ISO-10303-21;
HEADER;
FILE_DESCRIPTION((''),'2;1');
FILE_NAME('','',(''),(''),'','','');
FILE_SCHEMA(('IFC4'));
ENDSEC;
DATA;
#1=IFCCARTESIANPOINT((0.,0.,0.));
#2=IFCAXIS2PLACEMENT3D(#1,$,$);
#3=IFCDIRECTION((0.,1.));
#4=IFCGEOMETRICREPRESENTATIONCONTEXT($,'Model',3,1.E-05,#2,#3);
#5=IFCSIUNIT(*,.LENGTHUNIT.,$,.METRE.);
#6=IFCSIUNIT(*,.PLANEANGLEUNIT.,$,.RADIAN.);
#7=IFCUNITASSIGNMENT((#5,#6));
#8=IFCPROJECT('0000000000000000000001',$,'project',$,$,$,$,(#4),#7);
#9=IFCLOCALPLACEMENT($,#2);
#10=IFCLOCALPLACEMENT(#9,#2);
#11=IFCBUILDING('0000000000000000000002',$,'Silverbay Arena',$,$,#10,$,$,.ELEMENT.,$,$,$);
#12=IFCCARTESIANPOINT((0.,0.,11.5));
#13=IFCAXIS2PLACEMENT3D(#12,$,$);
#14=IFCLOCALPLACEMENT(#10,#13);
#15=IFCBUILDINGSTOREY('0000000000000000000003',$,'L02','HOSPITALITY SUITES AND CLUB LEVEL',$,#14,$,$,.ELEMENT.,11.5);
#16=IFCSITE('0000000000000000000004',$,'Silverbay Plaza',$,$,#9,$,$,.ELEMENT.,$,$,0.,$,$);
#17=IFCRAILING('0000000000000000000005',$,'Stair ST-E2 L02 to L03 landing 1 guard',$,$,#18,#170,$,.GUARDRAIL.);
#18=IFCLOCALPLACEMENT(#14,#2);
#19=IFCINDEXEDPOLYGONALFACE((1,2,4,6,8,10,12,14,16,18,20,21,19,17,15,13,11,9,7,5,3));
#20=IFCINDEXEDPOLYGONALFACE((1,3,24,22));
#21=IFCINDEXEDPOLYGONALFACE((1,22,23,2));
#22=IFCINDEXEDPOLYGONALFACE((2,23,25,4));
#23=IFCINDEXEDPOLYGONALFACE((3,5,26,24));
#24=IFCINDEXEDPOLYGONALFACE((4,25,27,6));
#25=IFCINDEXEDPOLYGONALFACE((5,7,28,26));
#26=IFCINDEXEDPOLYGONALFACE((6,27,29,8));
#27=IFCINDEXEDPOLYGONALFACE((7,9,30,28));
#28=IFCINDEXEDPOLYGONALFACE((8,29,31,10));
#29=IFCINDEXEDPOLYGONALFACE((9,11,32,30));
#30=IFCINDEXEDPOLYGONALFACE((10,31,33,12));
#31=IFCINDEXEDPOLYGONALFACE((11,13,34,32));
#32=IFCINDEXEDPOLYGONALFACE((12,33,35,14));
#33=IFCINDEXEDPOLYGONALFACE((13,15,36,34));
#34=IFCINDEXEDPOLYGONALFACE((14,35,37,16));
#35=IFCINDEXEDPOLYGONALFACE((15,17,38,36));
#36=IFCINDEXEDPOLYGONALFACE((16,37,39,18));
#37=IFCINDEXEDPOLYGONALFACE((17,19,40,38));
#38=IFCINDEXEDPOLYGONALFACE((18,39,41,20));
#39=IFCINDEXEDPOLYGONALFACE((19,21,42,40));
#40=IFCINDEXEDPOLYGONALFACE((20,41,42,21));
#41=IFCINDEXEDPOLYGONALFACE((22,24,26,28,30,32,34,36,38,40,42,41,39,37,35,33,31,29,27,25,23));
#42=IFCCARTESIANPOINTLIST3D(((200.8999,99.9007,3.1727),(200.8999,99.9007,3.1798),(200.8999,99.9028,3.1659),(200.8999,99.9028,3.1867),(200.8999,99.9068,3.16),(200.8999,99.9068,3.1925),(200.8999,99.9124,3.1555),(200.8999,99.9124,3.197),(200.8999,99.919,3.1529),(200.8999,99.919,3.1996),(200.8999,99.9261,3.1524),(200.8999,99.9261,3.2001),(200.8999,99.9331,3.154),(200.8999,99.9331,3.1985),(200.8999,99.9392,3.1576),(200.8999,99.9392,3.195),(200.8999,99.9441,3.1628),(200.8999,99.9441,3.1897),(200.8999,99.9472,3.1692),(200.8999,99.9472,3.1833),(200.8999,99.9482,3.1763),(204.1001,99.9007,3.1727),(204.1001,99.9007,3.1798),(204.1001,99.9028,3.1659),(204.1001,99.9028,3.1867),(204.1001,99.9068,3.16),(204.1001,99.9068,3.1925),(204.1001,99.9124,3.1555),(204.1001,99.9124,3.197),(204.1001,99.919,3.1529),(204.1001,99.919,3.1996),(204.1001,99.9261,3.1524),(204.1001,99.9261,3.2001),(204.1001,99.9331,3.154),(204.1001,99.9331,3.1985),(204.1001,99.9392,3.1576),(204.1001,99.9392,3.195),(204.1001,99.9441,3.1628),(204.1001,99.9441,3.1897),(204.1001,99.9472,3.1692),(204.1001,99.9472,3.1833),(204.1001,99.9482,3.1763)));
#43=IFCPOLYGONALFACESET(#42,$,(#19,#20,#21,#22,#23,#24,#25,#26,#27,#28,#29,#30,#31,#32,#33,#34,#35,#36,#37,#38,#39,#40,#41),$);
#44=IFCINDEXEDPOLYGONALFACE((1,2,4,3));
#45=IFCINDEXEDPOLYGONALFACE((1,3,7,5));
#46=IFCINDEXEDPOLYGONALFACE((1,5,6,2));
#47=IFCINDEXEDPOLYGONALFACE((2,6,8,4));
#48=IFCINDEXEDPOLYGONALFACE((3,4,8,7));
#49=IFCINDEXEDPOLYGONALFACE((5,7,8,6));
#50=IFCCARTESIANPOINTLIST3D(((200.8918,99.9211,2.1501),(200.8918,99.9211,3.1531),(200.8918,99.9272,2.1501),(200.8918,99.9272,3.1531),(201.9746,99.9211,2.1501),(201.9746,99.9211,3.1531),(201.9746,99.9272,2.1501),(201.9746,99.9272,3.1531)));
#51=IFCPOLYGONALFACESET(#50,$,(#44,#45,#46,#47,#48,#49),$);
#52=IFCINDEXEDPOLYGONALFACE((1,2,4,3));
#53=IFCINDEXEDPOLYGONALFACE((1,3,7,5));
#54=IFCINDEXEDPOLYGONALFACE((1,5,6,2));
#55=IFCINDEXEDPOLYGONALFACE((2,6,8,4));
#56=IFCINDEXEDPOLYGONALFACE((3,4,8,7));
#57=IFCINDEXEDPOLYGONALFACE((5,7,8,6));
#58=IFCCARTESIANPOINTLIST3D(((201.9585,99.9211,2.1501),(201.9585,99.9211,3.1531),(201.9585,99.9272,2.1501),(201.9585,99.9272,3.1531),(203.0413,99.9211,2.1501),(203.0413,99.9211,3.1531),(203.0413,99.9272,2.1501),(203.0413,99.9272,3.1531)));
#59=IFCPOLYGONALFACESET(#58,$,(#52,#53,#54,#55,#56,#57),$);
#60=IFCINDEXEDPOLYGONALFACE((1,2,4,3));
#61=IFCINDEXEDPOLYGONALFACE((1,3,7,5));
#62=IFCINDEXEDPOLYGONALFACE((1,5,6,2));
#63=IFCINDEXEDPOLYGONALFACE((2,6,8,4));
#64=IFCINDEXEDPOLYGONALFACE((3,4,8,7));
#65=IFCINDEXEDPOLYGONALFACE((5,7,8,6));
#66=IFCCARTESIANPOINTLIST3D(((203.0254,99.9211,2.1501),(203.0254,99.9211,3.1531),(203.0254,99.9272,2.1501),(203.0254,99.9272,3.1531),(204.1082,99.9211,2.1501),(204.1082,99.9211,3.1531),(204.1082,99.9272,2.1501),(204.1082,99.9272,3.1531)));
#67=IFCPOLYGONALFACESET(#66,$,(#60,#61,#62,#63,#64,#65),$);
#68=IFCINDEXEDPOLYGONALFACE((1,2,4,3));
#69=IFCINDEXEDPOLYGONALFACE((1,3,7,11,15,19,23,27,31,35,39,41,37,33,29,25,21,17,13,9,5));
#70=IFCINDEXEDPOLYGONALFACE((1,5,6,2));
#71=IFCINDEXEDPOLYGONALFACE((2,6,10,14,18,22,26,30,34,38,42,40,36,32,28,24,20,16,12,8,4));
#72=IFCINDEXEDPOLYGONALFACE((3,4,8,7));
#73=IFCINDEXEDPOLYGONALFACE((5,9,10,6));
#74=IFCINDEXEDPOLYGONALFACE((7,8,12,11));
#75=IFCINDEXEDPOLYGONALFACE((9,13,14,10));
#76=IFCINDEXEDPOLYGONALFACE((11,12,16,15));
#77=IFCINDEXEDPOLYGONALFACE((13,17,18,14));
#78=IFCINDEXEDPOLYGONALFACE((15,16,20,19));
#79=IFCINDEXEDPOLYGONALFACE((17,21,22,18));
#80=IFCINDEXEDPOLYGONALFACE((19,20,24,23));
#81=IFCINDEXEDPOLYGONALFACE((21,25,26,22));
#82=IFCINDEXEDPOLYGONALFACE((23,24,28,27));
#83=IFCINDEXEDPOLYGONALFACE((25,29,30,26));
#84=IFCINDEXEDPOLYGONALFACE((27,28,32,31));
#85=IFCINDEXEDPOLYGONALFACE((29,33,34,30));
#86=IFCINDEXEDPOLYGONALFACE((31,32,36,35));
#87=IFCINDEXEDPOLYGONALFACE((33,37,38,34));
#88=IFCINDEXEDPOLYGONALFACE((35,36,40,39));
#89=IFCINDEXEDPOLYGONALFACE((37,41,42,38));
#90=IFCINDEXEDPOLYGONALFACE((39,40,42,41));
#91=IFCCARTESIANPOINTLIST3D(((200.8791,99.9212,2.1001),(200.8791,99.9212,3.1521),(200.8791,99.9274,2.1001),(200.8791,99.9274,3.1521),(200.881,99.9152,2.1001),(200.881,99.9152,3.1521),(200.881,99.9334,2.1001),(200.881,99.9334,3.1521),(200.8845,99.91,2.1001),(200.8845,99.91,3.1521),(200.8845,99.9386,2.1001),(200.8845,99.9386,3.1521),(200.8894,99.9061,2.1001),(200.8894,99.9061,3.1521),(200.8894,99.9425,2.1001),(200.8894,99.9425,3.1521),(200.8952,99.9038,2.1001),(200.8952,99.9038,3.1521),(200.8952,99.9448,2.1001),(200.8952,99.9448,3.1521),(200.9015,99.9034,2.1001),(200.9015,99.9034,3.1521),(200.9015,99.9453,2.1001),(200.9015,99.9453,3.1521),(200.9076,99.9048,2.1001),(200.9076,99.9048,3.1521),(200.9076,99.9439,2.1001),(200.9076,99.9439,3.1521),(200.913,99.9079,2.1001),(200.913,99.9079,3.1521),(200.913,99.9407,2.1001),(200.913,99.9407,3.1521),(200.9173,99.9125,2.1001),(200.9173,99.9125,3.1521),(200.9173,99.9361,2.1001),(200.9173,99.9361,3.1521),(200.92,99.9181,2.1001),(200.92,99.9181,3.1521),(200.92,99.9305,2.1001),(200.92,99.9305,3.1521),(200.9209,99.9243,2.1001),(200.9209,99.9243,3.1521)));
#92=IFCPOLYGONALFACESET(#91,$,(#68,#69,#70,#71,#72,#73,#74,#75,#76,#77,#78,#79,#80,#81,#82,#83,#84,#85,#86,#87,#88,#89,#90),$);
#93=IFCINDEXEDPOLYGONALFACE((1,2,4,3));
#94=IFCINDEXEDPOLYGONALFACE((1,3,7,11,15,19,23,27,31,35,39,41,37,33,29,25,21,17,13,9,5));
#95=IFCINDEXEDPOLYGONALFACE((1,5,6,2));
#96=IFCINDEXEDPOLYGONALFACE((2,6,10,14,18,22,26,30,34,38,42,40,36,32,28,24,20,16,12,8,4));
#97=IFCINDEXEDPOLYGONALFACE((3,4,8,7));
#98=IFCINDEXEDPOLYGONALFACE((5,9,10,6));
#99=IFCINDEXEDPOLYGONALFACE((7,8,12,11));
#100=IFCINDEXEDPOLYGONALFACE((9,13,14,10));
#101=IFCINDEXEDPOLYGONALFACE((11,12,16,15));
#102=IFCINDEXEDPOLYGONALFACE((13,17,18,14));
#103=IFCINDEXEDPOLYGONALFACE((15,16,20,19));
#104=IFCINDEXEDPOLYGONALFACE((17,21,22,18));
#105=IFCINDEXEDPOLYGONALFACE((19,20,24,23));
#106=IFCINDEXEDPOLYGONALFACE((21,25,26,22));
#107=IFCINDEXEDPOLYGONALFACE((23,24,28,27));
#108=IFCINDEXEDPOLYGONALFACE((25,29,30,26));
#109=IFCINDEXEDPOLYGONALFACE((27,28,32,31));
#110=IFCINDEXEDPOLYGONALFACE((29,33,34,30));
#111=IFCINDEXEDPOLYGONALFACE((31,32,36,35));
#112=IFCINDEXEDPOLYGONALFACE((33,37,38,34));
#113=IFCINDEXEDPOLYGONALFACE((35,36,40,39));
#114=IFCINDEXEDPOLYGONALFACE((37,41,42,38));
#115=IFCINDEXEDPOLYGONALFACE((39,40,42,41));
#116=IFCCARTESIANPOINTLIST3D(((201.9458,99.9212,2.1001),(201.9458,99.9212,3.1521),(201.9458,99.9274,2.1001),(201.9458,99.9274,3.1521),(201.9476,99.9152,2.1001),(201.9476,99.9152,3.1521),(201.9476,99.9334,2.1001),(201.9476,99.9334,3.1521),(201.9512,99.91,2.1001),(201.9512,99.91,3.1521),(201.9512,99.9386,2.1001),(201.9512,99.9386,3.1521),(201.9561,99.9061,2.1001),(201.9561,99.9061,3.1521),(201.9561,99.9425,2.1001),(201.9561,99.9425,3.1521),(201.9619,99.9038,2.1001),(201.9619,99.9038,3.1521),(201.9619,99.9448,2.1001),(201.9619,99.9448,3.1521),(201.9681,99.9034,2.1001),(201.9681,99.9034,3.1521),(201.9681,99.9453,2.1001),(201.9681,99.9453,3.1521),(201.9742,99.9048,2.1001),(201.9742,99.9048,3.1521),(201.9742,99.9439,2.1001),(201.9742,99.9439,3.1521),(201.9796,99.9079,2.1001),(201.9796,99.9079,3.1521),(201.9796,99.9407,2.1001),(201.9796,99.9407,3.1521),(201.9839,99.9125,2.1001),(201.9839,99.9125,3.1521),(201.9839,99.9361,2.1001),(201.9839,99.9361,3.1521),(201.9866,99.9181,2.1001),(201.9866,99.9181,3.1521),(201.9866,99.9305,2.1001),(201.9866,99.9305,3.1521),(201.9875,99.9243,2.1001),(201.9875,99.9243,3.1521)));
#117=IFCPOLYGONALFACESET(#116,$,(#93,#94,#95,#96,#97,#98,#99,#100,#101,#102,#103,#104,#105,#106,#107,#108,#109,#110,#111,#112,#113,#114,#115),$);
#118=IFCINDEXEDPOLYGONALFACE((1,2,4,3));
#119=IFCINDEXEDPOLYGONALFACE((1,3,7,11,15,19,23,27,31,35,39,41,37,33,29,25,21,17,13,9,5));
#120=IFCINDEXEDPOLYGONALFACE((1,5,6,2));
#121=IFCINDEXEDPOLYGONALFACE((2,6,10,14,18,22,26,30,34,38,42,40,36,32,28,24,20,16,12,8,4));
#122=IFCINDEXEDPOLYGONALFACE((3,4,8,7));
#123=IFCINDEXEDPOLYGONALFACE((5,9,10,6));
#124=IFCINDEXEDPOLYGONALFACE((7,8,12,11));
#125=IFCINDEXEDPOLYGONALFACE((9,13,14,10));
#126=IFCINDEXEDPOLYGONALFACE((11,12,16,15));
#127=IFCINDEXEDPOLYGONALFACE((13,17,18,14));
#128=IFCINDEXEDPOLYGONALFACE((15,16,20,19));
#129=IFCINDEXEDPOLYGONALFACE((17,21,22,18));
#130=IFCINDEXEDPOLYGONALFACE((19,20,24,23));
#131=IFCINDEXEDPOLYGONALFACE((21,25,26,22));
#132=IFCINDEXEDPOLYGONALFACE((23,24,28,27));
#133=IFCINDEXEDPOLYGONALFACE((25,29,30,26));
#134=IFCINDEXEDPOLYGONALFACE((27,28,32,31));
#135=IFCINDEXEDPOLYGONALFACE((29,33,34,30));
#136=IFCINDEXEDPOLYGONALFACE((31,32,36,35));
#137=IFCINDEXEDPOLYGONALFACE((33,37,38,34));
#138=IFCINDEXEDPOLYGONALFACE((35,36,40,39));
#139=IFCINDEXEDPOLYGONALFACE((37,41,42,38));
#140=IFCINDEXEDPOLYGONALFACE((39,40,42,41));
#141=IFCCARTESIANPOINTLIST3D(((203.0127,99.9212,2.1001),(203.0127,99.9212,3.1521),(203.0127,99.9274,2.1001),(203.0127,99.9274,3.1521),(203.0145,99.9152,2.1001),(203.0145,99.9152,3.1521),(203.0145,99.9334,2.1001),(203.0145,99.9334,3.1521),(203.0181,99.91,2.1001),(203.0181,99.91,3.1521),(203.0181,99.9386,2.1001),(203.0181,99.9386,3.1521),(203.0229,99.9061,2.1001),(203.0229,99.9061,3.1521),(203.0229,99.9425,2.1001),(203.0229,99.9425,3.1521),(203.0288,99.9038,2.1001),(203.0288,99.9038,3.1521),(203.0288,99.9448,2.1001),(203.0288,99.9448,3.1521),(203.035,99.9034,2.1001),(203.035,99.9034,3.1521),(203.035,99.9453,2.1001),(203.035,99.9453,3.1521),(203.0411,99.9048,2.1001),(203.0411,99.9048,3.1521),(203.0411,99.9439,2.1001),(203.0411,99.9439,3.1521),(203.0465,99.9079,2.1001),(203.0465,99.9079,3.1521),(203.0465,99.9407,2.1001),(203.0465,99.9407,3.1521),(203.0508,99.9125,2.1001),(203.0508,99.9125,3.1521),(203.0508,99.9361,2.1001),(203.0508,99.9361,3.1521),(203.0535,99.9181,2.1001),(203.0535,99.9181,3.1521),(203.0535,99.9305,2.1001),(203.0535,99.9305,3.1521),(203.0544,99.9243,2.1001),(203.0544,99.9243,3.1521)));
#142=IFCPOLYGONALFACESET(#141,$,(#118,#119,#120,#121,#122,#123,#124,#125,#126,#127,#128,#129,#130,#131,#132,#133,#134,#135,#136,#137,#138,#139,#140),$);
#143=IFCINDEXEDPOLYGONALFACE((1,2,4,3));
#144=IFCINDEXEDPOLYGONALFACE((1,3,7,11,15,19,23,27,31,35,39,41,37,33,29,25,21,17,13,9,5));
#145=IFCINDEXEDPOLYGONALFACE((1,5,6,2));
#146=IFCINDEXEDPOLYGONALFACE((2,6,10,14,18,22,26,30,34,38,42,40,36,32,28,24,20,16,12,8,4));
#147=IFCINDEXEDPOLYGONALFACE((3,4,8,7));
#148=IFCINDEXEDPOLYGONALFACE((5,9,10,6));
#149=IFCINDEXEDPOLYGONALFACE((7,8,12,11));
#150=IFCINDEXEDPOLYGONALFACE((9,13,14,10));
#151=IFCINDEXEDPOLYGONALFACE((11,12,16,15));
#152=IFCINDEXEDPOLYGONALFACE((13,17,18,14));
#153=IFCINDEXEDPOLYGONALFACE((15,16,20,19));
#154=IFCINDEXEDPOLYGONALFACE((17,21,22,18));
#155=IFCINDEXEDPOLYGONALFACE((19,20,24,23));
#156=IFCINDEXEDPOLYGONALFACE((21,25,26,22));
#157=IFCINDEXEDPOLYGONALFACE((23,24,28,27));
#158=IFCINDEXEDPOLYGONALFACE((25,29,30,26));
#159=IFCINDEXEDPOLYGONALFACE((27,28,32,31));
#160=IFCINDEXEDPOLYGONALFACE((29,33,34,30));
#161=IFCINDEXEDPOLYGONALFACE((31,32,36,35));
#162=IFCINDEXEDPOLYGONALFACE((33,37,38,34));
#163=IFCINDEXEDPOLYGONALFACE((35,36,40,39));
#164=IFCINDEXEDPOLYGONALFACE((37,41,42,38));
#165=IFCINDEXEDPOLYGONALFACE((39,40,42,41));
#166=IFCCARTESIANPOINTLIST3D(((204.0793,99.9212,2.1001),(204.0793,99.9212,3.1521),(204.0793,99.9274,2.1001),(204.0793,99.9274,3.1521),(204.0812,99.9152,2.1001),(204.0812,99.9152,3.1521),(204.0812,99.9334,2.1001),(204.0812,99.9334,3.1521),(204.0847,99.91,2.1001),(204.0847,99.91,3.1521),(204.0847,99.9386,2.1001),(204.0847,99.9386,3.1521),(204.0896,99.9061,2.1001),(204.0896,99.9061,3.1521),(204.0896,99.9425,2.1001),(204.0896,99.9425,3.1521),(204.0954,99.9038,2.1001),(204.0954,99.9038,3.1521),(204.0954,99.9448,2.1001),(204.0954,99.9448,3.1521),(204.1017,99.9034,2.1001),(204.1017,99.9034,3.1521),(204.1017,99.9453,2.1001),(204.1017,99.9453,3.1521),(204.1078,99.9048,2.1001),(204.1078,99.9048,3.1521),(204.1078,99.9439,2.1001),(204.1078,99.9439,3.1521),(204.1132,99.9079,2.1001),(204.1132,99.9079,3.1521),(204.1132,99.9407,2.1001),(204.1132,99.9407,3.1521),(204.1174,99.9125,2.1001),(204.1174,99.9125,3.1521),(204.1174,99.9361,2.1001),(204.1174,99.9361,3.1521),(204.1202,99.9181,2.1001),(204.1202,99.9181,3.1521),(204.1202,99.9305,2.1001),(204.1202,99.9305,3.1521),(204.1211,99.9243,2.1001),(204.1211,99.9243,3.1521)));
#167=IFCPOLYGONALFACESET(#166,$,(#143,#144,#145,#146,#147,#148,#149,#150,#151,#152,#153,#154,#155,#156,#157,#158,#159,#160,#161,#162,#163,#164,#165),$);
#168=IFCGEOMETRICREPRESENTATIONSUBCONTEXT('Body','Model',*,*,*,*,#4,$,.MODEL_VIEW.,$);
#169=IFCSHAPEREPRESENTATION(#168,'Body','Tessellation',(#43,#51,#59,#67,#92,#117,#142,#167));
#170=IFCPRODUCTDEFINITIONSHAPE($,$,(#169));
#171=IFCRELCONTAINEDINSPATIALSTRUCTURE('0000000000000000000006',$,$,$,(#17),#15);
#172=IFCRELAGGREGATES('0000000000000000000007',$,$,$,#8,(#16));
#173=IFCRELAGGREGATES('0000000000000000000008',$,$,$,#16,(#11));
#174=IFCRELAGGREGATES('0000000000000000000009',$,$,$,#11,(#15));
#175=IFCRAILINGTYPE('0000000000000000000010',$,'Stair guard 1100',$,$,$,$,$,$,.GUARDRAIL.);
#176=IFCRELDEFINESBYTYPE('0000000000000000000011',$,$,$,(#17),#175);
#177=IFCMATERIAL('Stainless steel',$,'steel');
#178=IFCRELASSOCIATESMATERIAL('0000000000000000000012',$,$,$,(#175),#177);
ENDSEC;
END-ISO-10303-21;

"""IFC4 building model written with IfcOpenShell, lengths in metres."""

from ifc_helpers import new_model, si_unit, direction, frame, origin, origin_2d, place, context, subcontext, project, spatial, polyline, circle, outline, extrude, material, type_object, element, save


model = new_model("IFC4")

# Units and contexts
model_context = context("Model", 3, precision=1e-05, world=origin(), true_north=direction((0.0, 1.0)))
body_context = subcontext(model_context, "Body", "Model", "MODEL_VIEW")
ifc_project = project(units=[si_unit("LENGTHUNIT", "METRE"), si_unit("PLANEANGLEUNIT", "RADIAN")], contexts=[model_context])

# Site, building, storey
site_placement = place(None, origin())
site = spatial("IfcSite", under=ifc_project, at=site_placement, Name="Silverbay Plaza", CompositionType="ELEMENT", RefElevation=0.0)
building_placement = place(site_placement, origin())
building = spatial("IfcBuilding", under=site, at=building_placement, Name="Silverbay Arena", CompositionType="ELEMENT")
storey_placement = place(building_placement, frame((0.0, 0.0, 11.5)))
storey = spatial("IfcBuildingStorey", under=building, at=storey_placement, Name="L02", Description="HOSPITALITY SUITES AND CLUB LEVEL", CompositionType="ELEMENT", Elevation=11.5)

# Railing
ifc_material_1 = material(Name="Stainless steel", Category="steel")
railing_type_1 = type_object("IfcRailingType", Name="Stair guard 1100", PredefinedType="GUARDRAIL", material=ifc_material_1)
for number, where, name in (
    (1, (200.8999, 99.9243, 2.1001), "Stair ST-E2 L02 to L03 landing 1 guard"),
):
    element("IfcRailing", number, at=place(storey_placement, frame(where)), inside=storey, type_object=railing_type_1, Name=name, PredefinedType="GUARDRAIL", context=body_context, shape_type="SweptSolid", body=[
        extrude(circle(Radius=0.0239, at=origin_2d()), frame((0.0, 0.0, 1.0762), z_axis=(1.0, 0.0, 0.0), x_axis=(0.0, 1.0, 0.0)), (0.0, 0.0, 1.0), 3.2002),
        extrude(outline(polyline([(-0.0081, 0.05), (1.0747, 0.05), (1.0747, 1.053), (-0.0081, 1.053), (-0.0081, 0.05)])), frame((0.0, 0.0029, 0.0), z_axis=(0.0, -1.0, 0.0), x_axis=(1.0, 0.0, 0.0)), (0.0, 0.0, 1.0), 0.0061),
        extrude(outline(polyline([(-0.0081, 0.05), (1.0747, 0.05), (1.0747, 1.053), (-0.0081, 1.053), (-0.0081, 0.05)])), frame((1.0667, 0.0029, 0.0), z_axis=(0.0, -1.0, 0.0), x_axis=(1.0, 0.0, 0.0)), (0.0, 0.0, 1.0), 0.0061),
        extrude(outline(polyline([(-0.0081, 0.05), (1.0747, 0.05), (1.0747, 1.053), (-0.0081, 1.053), (-0.0081, 0.05)])), frame((2.1335, 0.0029, 0.0), z_axis=(0.0, -1.0, 0.0), x_axis=(1.0, 0.0, 0.0)), (0.0, 0.0, 1.0), 0.0061),
        extrude(circle(Radius=0.021, at=origin_2d()), origin(), (0.0, 0.0, 1.0), 1.052),
        extrude(circle(Radius=0.021, at=origin_2d()), frame((1.0667, 0.0, 0.0)), (0.0, 0.0, 1.0), 1.052),
        extrude(circle(Radius=0.021, at=origin_2d()), frame((2.1335, 0.0, 0.0)), (0.0, 0.0, 1.0), 1.052),
        extrude(circle(Radius=0.021, at=origin_2d()), frame((3.2002, 0.0, 0.0)), (0.0, 0.0, 1.0), 1.052),
    ])

save(model, "model.ifc")
